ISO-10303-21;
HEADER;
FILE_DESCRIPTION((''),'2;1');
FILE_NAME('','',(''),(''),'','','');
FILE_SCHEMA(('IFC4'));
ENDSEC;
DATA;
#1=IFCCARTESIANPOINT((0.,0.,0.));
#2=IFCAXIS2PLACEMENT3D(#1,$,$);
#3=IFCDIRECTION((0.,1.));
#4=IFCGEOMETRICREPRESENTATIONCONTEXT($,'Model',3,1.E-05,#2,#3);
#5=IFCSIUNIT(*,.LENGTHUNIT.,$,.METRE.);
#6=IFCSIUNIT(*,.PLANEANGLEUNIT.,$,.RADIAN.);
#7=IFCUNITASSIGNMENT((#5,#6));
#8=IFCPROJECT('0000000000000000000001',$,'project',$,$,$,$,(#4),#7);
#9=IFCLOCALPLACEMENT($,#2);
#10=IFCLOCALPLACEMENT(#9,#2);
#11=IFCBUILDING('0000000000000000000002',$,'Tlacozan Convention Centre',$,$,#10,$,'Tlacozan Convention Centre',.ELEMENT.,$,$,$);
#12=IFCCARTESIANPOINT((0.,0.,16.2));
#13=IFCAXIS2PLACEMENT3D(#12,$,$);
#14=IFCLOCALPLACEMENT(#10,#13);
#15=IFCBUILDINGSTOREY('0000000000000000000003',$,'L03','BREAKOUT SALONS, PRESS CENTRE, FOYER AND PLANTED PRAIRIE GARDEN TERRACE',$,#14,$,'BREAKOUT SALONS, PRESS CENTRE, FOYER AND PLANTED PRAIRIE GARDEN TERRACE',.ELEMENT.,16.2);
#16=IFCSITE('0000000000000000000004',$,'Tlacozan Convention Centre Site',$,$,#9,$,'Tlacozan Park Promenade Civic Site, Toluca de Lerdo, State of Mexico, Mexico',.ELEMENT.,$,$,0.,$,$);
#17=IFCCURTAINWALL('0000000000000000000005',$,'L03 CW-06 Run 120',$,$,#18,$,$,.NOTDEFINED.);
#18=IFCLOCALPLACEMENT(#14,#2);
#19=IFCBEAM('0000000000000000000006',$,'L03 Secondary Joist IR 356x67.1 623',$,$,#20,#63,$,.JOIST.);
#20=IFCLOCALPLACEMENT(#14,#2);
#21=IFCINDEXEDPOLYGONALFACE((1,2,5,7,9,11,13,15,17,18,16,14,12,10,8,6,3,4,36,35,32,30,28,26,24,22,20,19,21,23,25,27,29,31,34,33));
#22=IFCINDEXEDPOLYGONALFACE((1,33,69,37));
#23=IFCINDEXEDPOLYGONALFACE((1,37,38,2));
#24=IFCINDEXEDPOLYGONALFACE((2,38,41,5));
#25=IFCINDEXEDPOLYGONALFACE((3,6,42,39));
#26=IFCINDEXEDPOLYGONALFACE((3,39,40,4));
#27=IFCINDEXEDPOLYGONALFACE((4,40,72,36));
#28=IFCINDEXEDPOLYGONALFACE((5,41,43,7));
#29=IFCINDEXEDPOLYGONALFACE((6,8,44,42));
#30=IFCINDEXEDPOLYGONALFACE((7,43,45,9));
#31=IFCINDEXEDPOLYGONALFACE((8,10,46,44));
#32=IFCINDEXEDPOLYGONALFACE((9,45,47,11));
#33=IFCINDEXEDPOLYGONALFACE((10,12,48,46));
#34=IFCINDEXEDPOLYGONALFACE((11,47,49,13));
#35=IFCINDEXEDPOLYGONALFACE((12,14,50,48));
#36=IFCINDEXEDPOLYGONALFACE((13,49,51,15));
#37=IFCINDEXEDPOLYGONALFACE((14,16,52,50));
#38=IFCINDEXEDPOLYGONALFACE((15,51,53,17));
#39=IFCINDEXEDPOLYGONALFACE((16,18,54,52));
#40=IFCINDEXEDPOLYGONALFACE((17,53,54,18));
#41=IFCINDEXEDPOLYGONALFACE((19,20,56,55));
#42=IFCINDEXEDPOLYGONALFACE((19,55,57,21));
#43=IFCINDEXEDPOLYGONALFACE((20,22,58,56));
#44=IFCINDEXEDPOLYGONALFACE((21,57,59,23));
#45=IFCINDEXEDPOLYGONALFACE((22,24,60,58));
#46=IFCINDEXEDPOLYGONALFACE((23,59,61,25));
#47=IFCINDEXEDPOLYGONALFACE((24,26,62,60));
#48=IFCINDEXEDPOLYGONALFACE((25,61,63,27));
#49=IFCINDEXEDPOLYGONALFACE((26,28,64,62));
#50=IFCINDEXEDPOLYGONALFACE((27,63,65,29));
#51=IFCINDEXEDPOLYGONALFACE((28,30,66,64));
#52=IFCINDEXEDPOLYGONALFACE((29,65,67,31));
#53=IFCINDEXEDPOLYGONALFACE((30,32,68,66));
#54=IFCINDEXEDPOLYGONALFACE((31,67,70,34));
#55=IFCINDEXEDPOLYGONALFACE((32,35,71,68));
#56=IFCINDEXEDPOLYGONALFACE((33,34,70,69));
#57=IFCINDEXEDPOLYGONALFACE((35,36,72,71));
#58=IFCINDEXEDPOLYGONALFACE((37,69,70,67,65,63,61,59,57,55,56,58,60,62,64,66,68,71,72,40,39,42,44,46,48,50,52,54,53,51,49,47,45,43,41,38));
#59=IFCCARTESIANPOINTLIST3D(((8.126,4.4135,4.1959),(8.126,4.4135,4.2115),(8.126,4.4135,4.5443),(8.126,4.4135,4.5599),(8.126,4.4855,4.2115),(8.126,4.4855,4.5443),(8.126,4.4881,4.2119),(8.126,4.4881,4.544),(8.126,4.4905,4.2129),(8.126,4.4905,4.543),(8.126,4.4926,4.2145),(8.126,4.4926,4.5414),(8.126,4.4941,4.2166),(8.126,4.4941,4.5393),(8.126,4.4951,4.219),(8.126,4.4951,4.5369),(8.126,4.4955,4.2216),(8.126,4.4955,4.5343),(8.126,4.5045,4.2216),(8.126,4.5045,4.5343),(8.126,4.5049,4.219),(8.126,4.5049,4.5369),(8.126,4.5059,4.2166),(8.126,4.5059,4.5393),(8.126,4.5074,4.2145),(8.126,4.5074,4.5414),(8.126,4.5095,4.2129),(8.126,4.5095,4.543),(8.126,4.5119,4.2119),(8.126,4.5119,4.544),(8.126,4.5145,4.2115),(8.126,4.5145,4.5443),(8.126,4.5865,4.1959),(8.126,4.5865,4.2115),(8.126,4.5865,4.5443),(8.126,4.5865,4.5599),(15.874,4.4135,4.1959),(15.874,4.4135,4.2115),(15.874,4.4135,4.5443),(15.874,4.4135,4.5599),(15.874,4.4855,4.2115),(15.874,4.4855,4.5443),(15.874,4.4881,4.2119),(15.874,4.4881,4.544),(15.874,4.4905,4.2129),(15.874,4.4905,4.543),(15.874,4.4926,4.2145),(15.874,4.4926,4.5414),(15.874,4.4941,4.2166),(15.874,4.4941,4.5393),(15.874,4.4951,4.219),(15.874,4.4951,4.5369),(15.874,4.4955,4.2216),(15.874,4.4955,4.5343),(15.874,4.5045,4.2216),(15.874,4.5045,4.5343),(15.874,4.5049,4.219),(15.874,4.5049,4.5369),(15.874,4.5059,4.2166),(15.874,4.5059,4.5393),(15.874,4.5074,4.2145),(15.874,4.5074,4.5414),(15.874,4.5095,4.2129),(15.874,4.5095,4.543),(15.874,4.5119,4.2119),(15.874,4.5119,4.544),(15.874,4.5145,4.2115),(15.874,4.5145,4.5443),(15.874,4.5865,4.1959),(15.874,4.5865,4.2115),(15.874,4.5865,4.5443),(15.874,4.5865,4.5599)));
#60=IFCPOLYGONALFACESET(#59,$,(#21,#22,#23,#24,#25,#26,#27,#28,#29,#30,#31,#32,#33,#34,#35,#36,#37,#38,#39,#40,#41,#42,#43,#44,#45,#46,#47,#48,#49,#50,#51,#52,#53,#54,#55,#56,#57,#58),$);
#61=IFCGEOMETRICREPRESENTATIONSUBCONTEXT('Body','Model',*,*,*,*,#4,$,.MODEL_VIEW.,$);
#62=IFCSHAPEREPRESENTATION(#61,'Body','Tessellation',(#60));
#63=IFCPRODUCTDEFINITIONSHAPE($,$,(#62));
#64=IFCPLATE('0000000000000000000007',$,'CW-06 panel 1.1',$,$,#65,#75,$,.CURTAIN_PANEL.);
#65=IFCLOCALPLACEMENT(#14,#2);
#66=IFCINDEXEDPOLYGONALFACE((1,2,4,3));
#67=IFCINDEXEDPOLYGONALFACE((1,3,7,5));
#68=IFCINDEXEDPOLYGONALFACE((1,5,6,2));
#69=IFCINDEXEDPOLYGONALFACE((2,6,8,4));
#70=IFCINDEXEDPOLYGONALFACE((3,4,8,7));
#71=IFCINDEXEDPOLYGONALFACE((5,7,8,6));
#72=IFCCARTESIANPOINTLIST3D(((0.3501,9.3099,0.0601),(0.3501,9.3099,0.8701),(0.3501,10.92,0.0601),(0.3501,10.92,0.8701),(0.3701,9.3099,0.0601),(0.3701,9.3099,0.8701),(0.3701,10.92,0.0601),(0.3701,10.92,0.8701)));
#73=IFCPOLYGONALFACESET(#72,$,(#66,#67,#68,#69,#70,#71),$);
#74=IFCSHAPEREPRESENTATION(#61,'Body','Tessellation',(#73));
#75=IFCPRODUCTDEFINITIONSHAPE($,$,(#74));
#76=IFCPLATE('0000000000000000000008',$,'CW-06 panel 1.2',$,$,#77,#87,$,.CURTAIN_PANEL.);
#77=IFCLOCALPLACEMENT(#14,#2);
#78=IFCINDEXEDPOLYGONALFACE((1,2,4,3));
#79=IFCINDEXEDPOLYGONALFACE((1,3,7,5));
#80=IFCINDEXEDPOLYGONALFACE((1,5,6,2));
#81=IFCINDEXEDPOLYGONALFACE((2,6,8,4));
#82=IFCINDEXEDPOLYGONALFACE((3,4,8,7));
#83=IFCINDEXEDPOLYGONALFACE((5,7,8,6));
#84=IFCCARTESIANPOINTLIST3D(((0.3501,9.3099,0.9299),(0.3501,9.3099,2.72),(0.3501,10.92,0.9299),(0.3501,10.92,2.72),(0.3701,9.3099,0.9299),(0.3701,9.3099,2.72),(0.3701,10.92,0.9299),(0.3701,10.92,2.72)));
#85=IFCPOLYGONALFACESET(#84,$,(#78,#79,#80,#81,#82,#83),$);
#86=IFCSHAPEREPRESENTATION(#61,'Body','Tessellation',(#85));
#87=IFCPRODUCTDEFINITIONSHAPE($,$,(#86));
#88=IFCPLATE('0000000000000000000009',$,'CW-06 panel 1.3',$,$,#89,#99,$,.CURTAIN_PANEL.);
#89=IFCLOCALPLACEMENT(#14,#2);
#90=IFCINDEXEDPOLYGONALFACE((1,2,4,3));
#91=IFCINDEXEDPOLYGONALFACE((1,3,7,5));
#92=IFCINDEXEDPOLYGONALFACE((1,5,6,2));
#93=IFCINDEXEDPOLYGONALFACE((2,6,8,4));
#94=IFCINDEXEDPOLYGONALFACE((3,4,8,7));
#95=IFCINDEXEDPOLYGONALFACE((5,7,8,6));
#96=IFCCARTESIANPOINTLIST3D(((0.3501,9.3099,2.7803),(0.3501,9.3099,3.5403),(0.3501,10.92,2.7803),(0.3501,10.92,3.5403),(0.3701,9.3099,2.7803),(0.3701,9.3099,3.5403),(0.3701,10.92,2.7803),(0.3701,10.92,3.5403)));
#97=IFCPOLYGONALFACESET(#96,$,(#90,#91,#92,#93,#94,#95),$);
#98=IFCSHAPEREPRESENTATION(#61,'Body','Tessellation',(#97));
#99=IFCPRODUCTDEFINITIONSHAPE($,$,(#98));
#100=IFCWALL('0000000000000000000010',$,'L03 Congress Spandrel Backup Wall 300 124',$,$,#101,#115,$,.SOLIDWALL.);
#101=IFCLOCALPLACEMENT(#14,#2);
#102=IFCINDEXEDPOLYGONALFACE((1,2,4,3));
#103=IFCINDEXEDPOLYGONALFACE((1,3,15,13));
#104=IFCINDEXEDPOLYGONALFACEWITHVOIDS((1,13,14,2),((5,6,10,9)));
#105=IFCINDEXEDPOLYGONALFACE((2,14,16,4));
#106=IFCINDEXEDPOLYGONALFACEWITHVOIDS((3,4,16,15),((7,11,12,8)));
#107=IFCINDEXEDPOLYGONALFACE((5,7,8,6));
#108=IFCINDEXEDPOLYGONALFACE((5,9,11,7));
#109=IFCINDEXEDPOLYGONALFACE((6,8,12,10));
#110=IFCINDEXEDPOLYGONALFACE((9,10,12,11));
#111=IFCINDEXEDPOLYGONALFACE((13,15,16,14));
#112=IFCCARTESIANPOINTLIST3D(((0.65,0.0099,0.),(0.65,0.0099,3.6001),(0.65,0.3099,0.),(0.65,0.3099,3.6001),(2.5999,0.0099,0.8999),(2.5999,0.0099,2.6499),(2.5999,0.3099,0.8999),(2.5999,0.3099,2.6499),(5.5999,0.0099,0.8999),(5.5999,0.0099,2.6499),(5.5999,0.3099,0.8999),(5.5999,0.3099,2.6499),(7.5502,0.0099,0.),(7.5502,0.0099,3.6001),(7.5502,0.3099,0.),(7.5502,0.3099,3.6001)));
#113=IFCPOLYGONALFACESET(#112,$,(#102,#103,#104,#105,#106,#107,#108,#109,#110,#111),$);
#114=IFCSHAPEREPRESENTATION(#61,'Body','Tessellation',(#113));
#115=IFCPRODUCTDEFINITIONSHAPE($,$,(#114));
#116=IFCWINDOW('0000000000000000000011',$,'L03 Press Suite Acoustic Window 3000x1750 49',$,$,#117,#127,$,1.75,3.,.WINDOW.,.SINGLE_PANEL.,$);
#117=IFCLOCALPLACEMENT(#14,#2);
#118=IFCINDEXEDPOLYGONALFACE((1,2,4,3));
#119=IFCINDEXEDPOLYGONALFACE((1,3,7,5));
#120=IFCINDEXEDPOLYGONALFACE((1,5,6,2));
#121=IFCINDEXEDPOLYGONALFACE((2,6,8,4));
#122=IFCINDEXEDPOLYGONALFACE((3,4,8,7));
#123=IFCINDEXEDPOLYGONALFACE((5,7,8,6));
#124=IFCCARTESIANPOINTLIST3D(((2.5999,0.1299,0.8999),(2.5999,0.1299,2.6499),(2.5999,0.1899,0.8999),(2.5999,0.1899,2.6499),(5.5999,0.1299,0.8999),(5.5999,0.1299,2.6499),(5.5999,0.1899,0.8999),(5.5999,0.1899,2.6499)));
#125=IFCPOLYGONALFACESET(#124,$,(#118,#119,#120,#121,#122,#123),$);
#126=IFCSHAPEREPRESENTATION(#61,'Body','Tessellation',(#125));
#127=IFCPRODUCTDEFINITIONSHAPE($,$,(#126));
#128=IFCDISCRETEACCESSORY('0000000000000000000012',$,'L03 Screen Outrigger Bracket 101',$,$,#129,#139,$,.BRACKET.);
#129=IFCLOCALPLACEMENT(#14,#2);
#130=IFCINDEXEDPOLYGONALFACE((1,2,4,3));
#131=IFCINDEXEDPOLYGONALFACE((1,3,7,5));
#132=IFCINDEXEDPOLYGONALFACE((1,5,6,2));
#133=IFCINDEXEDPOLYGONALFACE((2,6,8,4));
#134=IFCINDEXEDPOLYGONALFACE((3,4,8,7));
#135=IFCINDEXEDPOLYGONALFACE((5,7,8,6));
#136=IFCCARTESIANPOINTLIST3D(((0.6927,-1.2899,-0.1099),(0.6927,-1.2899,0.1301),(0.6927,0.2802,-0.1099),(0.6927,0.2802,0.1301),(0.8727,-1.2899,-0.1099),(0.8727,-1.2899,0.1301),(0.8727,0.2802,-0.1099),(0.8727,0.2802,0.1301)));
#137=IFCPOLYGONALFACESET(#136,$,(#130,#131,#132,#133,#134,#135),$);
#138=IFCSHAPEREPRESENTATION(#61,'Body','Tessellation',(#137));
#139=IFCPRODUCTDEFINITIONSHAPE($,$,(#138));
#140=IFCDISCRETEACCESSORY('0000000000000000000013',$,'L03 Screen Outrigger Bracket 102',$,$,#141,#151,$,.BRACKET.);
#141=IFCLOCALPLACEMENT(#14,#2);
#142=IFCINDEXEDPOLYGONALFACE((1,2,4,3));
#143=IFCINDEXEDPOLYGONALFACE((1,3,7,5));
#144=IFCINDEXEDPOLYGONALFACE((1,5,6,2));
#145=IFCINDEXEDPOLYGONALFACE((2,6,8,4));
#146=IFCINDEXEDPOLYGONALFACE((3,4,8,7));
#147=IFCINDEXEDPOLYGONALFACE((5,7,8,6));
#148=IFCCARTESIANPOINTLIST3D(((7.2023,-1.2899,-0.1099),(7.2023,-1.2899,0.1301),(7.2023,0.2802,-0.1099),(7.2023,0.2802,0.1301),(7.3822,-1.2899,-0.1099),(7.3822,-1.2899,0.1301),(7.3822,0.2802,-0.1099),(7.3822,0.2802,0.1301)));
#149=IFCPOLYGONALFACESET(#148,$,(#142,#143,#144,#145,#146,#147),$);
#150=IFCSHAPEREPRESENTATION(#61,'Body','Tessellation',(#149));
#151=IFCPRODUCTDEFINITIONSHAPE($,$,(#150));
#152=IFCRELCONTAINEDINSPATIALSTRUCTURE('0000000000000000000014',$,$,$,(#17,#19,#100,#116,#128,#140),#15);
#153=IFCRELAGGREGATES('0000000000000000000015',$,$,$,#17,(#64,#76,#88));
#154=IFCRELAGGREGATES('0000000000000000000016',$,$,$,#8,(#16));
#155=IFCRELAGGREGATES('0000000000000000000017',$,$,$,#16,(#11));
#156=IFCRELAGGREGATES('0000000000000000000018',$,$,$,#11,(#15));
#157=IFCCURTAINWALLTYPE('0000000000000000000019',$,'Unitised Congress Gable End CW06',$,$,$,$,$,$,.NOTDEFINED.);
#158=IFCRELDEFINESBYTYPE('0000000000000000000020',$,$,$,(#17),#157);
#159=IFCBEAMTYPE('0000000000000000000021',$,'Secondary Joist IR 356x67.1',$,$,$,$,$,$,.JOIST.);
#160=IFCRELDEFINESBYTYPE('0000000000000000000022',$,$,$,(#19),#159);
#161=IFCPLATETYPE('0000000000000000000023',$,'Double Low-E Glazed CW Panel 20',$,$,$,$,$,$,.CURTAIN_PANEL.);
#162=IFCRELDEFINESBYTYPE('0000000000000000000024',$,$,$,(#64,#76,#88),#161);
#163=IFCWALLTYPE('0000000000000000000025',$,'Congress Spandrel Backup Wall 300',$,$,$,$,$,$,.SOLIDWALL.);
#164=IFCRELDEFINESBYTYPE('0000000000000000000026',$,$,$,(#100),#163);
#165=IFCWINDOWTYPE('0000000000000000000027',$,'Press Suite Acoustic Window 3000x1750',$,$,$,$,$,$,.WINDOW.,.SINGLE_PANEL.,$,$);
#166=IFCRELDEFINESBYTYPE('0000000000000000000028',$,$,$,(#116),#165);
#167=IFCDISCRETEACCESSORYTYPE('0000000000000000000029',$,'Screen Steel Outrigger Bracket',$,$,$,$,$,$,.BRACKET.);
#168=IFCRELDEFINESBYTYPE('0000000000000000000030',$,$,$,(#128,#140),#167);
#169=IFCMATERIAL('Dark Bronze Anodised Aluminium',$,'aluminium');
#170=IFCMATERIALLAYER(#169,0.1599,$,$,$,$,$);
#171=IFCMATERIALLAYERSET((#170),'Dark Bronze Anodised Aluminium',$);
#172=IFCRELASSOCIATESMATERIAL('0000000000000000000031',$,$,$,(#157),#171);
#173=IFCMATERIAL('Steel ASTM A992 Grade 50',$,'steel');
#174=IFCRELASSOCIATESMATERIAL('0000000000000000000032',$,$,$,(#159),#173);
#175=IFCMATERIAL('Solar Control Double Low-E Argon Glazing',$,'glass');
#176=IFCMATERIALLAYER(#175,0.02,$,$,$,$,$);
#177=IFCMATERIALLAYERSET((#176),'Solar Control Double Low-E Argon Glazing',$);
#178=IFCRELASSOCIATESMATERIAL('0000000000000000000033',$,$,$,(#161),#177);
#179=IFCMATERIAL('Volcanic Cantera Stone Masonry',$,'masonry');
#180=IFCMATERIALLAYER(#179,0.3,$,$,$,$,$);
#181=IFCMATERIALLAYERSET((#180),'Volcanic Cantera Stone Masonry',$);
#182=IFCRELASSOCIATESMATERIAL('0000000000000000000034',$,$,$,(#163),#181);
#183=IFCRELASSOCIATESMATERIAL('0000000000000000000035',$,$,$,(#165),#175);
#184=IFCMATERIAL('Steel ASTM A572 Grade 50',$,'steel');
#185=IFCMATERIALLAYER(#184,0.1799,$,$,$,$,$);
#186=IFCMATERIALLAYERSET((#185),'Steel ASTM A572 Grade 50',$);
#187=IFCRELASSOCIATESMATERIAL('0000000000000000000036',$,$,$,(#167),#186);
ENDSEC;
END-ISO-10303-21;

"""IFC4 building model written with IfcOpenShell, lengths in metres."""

from ifc_helpers import new_model, si_unit, direction, frame, frame_2d, origin, origin_2d, place, context, subcontext, project, spatial, rectangle, i_section, extrude, material, layer, layer_set, material_profile, profile_set, type_object, element, fill, aggregate, save


model = new_model("IFC4")

# Units and contexts
model_context = context("Model", 3, precision=1e-05, world=origin(), true_north=direction((0.0, 1.0)))
body_context = subcontext(model_context, "Body", "Model", "MODEL_VIEW")
ifc_project = project(units=[si_unit("LENGTHUNIT", "METRE"), si_unit("PLANEANGLEUNIT", "RADIAN")], contexts=[model_context])

# Site, building, storey
site_placement = place(None, origin())
site = spatial("IfcSite", under=ifc_project, at=site_placement, Name="Tlacozan Convention Centre Site", LongName="Tlacozan Park Promenade Civic Site, Toluca de Lerdo, State of Mexico, Mexico", CompositionType="ELEMENT", RefElevation=0.0)
building_placement = place(site_placement, origin())
building = spatial("IfcBuilding", under=site, at=building_placement, Name="Tlacozan Convention Centre", LongName="Tlacozan Convention Centre", CompositionType="ELEMENT")
storey_placement = place(building_placement, frame((0.0, 0.0, 16.2)))
storey = spatial("IfcBuildingStorey", under=building, at=storey_placement, Name="L03", Description="BREAKOUT SALONS, PRESS CENTRE, FOYER AND PLANTED PRAIRIE GARDEN TERRACE", LongName="BREAKOUT SALONS, PRESS CENTRE, FOYER AND PLANTED PRAIRIE GARDEN TERRACE", CompositionType="ELEMENT", Elevation=16.2)

# Shared definitions
ifc_material_1 = material(Name="Steel ASTM A992 Grade 50", Category="steel")

# Curtain wall
ifc_material_2 = material(Name="Dark Bronze Anodised Aluminium", Category="aluminium")
ifc_layer_1 = layer(ifc_material_2, 0.1599)
ifc_layer_set_1 = layer_set([ifc_layer_1], Name="Dark Bronze Anodised Aluminium")
curtain_wall_type_1 = type_object("IfcCurtainWallType", Name="Unitised Congress Gable End CW06", PredefinedType="NOTDEFINED", material=ifc_layer_set_1)
curtain_wall_1_placement = place(storey_placement, origin())
curtain_wall_1 = element("IfcCurtainWall", 1, at=curtain_wall_1_placement, inside=storey, type_object=curtain_wall_type_1, Name="L03 CW-06 Run 120", PredefinedType="NOTDEFINED")

# Beam
ifc_material_profile_1 = material_profile(ifc_material_1, i_section(OverallWidth=0.1731, OverallDepth=0.364, WebThickness=0.009, FlangeThickness=0.0156, FilletRadius=0.01, at=origin_2d()), Name="IR 356x67.1")
ifc_profile_set_1 = profile_set([ifc_material_profile_1], Name="Steel ASTM A992 Grade 50")
beam_type_1 = type_object("IfcBeamType", Name="Secondary Joist IR 356x67.1", PredefinedType="JOIST", material=ifc_profile_set_1)
beam_placement = place(storey_placement, frame((8.126, 4.5, 4.3779), z_axis=(1.0, 0.0, 0.0), x_axis=(0.0, 1.0, 0.0)))
element("IfcBeam", 2, at=beam_placement, inside=storey, type_object=beam_type_1, Name="L03 Secondary Joist IR 356x67.1 623", PredefinedType="JOIST", context=body_context, shape_type="SweptSolid", body=[
    extrude(i_section(OverallWidth=0.1731, OverallDepth=0.364, WebThickness=0.009, FlangeThickness=0.0156, FilletRadius=0.01, at=origin_2d()), origin(), (0.0, 0.0, 1.0), 7.748),
])

# Plates
ifc_material_3 = material(Name="Solar Control Double Low-E Argon Glazing", Category="glass")
ifc_layer_2 = layer(ifc_material_3, 0.02)
ifc_layer_set_2 = layer_set([ifc_layer_2], Name="Solar Control Double Low-E Argon Glazing")
plate_type = type_object("IfcPlateType", Name="Double Low-E Glazed CW Panel 20", PredefinedType="CURTAIN_PANEL", material=ifc_layer_set_2)
plate_1_placement = place(storey_placement, frame((0.3601, 10.115, 0.0601), z_axis=(0.0, 0.0, 1.0), x_axis=(0.0, 1.0, 0.0)))
plate_1 = element("IfcPlate", 3, at=plate_1_placement, type_object=plate_type, Name="CW-06 panel 1.1", PredefinedType="CURTAIN_PANEL", context=body_context, shape_type="SweptSolid", body=[
    extrude(rectangle(XDim=1.6101, YDim=0.02, at=origin_2d()), origin(), (0.0, 0.0, 1.0), 0.8101),
])
plate_2_placement = place(storey_placement, frame((0.3601, 10.115, 0.9299), z_axis=(0.0, 0.0, 1.0), x_axis=(0.0, 1.0, 0.0)))
plate_2 = element("IfcPlate", 4, at=plate_2_placement, type_object=plate_type, Name="CW-06 panel 1.2", PredefinedType="CURTAIN_PANEL", context=body_context, shape_type="SweptSolid", body=[
    extrude(rectangle(XDim=1.6101, YDim=0.02, at=origin_2d()), origin(), (0.0, 0.0, 1.0), 1.79),
])
plate_3_placement = place(storey_placement, frame((0.3601, 10.115, 2.7803), z_axis=(0.0, 0.0, 1.0), x_axis=(0.0, 1.0, 0.0)))
plate_3 = element("IfcPlate", 5, at=plate_3_placement, type_object=plate_type, Name="CW-06 panel 1.3", PredefinedType="CURTAIN_PANEL", context=body_context, shape_type="SweptSolid", body=[
    extrude(rectangle(XDim=1.6101, YDim=0.02, at=origin_2d()), origin(), (0.0, 0.0, 1.0), 0.76),
])
aggregate(curtain_wall_1, [plate_1, plate_2, plate_3])

# Wall, opening, window
ifc_material_4 = material(Name="Volcanic Cantera Stone Masonry", Category="masonry")
ifc_layer_3 = layer(ifc_material_4, 0.3)
ifc_layer_set_3 = layer_set([ifc_layer_3], Name="Volcanic Cantera Stone Masonry")
wall_type = type_object("IfcWallType", Name="Congress Spandrel Backup Wall 300", PredefinedType="SOLIDWALL", material=ifc_layer_set_3)
wall_placement = place(storey_placement, frame((0.6499, 0.1599, 0.0), z_axis=(0.0, 0.0, 1.0), x_axis=(1.0, 0.0, 0.0)))
wall = element("IfcWall", 6, at=wall_placement, inside=storey, type_object=wall_type, Name="L03 Congress Spandrel Backup Wall 300 124", PredefinedType="SOLIDWALL", context=body_context, shape_type="SweptSolid", body=[
    extrude(rectangle(XDim=6.9001, YDim=0.3, at=frame_2d((3.4502, 0.0))), origin(), (0.0, 0.0, 1.0), 3.6001),
])
opening_placement = place(wall_placement, frame((1.95, 0.0, 0.8999)))
opening = element("IfcOpeningElement", 7, at=opening_placement, cuts=wall, PredefinedType="OPENING", context=body_context, shape_type="SweptSolid", body=[
    extrude(rectangle(XDim=3.0, YDim=1.75, at=frame_2d((1.5, 0.875))), frame((0.0, 0.1599, 0.0), z_axis=(0.0, -1.0, 0.0), x_axis=(1.0, 0.0, 0.0)), (0.0, 0.0, 1.0), 0.3201),
])
window_type = type_object("IfcWindowType", Name="Press Suite Acoustic Window 3000x1750", PartitioningType="SINGLE_PANEL", PredefinedType="WINDOW", material=ifc_material_3)
window_placement = place(opening_placement, origin())
window = element("IfcWindow", 8, at=window_placement, inside=storey, type_object=window_type, Name="L03 Press Suite Acoustic Window 3000x1750 49", OverallHeight=1.75, OverallWidth=3.0, PartitioningType="SINGLE_PANEL", PredefinedType="WINDOW", context=body_context, shape_type="SweptSolid", body=[
    extrude(rectangle(XDim=3.0, YDim=1.75, at=frame_2d((1.5, 0.875))), frame((0.0, 0.03, 0.0), z_axis=(0.0, -1.0, 0.0), x_axis=(1.0, 0.0, 0.0)), (0.0, 0.0, 1.0), 0.0601),
])
fill(opening, window)

# Discrete accessories
ifc_material_5 = material(Name="Steel ASTM A572 Grade 50", Category="steel")
ifc_layer_4 = layer(ifc_material_5, 0.1799)
ifc_layer_set_4 = layer_set([ifc_layer_4], Name="Steel ASTM A572 Grade 50")
discrete_accessory_type = type_object("IfcDiscreteAccessoryType", Name="Screen Steel Outrigger Bracket", PredefinedType="BRACKET", material=ifc_layer_set_4)
for number, where, z_axis, x_axis, name in (
    (9, (0.7827, -0.5049, -0.1099), (0.0, 0.0, 1.0), (0.0, 1.0, 0.0), "L03 Screen Outrigger Bracket 101"),
    (10, (7.2922, -0.5049, -0.1099), (0.0, 0.0, 1.0), (0.0, 1.0, 0.0), "L03 Screen Outrigger Bracket 102"),
):
    element("IfcDiscreteAccessory", number, at=place(storey_placement, frame(where, z_axis=z_axis, x_axis=x_axis)), inside=storey, type_object=discrete_accessory_type, Name=name, PredefinedType="BRACKET", context=body_context, shape_type="SweptSolid", body=[
        extrude(rectangle(XDim=1.5701, YDim=0.1799, at=origin_2d()), origin(), (0.0, 0.0, 1.0), 0.24),
    ])

save(model, "model.ifc")
